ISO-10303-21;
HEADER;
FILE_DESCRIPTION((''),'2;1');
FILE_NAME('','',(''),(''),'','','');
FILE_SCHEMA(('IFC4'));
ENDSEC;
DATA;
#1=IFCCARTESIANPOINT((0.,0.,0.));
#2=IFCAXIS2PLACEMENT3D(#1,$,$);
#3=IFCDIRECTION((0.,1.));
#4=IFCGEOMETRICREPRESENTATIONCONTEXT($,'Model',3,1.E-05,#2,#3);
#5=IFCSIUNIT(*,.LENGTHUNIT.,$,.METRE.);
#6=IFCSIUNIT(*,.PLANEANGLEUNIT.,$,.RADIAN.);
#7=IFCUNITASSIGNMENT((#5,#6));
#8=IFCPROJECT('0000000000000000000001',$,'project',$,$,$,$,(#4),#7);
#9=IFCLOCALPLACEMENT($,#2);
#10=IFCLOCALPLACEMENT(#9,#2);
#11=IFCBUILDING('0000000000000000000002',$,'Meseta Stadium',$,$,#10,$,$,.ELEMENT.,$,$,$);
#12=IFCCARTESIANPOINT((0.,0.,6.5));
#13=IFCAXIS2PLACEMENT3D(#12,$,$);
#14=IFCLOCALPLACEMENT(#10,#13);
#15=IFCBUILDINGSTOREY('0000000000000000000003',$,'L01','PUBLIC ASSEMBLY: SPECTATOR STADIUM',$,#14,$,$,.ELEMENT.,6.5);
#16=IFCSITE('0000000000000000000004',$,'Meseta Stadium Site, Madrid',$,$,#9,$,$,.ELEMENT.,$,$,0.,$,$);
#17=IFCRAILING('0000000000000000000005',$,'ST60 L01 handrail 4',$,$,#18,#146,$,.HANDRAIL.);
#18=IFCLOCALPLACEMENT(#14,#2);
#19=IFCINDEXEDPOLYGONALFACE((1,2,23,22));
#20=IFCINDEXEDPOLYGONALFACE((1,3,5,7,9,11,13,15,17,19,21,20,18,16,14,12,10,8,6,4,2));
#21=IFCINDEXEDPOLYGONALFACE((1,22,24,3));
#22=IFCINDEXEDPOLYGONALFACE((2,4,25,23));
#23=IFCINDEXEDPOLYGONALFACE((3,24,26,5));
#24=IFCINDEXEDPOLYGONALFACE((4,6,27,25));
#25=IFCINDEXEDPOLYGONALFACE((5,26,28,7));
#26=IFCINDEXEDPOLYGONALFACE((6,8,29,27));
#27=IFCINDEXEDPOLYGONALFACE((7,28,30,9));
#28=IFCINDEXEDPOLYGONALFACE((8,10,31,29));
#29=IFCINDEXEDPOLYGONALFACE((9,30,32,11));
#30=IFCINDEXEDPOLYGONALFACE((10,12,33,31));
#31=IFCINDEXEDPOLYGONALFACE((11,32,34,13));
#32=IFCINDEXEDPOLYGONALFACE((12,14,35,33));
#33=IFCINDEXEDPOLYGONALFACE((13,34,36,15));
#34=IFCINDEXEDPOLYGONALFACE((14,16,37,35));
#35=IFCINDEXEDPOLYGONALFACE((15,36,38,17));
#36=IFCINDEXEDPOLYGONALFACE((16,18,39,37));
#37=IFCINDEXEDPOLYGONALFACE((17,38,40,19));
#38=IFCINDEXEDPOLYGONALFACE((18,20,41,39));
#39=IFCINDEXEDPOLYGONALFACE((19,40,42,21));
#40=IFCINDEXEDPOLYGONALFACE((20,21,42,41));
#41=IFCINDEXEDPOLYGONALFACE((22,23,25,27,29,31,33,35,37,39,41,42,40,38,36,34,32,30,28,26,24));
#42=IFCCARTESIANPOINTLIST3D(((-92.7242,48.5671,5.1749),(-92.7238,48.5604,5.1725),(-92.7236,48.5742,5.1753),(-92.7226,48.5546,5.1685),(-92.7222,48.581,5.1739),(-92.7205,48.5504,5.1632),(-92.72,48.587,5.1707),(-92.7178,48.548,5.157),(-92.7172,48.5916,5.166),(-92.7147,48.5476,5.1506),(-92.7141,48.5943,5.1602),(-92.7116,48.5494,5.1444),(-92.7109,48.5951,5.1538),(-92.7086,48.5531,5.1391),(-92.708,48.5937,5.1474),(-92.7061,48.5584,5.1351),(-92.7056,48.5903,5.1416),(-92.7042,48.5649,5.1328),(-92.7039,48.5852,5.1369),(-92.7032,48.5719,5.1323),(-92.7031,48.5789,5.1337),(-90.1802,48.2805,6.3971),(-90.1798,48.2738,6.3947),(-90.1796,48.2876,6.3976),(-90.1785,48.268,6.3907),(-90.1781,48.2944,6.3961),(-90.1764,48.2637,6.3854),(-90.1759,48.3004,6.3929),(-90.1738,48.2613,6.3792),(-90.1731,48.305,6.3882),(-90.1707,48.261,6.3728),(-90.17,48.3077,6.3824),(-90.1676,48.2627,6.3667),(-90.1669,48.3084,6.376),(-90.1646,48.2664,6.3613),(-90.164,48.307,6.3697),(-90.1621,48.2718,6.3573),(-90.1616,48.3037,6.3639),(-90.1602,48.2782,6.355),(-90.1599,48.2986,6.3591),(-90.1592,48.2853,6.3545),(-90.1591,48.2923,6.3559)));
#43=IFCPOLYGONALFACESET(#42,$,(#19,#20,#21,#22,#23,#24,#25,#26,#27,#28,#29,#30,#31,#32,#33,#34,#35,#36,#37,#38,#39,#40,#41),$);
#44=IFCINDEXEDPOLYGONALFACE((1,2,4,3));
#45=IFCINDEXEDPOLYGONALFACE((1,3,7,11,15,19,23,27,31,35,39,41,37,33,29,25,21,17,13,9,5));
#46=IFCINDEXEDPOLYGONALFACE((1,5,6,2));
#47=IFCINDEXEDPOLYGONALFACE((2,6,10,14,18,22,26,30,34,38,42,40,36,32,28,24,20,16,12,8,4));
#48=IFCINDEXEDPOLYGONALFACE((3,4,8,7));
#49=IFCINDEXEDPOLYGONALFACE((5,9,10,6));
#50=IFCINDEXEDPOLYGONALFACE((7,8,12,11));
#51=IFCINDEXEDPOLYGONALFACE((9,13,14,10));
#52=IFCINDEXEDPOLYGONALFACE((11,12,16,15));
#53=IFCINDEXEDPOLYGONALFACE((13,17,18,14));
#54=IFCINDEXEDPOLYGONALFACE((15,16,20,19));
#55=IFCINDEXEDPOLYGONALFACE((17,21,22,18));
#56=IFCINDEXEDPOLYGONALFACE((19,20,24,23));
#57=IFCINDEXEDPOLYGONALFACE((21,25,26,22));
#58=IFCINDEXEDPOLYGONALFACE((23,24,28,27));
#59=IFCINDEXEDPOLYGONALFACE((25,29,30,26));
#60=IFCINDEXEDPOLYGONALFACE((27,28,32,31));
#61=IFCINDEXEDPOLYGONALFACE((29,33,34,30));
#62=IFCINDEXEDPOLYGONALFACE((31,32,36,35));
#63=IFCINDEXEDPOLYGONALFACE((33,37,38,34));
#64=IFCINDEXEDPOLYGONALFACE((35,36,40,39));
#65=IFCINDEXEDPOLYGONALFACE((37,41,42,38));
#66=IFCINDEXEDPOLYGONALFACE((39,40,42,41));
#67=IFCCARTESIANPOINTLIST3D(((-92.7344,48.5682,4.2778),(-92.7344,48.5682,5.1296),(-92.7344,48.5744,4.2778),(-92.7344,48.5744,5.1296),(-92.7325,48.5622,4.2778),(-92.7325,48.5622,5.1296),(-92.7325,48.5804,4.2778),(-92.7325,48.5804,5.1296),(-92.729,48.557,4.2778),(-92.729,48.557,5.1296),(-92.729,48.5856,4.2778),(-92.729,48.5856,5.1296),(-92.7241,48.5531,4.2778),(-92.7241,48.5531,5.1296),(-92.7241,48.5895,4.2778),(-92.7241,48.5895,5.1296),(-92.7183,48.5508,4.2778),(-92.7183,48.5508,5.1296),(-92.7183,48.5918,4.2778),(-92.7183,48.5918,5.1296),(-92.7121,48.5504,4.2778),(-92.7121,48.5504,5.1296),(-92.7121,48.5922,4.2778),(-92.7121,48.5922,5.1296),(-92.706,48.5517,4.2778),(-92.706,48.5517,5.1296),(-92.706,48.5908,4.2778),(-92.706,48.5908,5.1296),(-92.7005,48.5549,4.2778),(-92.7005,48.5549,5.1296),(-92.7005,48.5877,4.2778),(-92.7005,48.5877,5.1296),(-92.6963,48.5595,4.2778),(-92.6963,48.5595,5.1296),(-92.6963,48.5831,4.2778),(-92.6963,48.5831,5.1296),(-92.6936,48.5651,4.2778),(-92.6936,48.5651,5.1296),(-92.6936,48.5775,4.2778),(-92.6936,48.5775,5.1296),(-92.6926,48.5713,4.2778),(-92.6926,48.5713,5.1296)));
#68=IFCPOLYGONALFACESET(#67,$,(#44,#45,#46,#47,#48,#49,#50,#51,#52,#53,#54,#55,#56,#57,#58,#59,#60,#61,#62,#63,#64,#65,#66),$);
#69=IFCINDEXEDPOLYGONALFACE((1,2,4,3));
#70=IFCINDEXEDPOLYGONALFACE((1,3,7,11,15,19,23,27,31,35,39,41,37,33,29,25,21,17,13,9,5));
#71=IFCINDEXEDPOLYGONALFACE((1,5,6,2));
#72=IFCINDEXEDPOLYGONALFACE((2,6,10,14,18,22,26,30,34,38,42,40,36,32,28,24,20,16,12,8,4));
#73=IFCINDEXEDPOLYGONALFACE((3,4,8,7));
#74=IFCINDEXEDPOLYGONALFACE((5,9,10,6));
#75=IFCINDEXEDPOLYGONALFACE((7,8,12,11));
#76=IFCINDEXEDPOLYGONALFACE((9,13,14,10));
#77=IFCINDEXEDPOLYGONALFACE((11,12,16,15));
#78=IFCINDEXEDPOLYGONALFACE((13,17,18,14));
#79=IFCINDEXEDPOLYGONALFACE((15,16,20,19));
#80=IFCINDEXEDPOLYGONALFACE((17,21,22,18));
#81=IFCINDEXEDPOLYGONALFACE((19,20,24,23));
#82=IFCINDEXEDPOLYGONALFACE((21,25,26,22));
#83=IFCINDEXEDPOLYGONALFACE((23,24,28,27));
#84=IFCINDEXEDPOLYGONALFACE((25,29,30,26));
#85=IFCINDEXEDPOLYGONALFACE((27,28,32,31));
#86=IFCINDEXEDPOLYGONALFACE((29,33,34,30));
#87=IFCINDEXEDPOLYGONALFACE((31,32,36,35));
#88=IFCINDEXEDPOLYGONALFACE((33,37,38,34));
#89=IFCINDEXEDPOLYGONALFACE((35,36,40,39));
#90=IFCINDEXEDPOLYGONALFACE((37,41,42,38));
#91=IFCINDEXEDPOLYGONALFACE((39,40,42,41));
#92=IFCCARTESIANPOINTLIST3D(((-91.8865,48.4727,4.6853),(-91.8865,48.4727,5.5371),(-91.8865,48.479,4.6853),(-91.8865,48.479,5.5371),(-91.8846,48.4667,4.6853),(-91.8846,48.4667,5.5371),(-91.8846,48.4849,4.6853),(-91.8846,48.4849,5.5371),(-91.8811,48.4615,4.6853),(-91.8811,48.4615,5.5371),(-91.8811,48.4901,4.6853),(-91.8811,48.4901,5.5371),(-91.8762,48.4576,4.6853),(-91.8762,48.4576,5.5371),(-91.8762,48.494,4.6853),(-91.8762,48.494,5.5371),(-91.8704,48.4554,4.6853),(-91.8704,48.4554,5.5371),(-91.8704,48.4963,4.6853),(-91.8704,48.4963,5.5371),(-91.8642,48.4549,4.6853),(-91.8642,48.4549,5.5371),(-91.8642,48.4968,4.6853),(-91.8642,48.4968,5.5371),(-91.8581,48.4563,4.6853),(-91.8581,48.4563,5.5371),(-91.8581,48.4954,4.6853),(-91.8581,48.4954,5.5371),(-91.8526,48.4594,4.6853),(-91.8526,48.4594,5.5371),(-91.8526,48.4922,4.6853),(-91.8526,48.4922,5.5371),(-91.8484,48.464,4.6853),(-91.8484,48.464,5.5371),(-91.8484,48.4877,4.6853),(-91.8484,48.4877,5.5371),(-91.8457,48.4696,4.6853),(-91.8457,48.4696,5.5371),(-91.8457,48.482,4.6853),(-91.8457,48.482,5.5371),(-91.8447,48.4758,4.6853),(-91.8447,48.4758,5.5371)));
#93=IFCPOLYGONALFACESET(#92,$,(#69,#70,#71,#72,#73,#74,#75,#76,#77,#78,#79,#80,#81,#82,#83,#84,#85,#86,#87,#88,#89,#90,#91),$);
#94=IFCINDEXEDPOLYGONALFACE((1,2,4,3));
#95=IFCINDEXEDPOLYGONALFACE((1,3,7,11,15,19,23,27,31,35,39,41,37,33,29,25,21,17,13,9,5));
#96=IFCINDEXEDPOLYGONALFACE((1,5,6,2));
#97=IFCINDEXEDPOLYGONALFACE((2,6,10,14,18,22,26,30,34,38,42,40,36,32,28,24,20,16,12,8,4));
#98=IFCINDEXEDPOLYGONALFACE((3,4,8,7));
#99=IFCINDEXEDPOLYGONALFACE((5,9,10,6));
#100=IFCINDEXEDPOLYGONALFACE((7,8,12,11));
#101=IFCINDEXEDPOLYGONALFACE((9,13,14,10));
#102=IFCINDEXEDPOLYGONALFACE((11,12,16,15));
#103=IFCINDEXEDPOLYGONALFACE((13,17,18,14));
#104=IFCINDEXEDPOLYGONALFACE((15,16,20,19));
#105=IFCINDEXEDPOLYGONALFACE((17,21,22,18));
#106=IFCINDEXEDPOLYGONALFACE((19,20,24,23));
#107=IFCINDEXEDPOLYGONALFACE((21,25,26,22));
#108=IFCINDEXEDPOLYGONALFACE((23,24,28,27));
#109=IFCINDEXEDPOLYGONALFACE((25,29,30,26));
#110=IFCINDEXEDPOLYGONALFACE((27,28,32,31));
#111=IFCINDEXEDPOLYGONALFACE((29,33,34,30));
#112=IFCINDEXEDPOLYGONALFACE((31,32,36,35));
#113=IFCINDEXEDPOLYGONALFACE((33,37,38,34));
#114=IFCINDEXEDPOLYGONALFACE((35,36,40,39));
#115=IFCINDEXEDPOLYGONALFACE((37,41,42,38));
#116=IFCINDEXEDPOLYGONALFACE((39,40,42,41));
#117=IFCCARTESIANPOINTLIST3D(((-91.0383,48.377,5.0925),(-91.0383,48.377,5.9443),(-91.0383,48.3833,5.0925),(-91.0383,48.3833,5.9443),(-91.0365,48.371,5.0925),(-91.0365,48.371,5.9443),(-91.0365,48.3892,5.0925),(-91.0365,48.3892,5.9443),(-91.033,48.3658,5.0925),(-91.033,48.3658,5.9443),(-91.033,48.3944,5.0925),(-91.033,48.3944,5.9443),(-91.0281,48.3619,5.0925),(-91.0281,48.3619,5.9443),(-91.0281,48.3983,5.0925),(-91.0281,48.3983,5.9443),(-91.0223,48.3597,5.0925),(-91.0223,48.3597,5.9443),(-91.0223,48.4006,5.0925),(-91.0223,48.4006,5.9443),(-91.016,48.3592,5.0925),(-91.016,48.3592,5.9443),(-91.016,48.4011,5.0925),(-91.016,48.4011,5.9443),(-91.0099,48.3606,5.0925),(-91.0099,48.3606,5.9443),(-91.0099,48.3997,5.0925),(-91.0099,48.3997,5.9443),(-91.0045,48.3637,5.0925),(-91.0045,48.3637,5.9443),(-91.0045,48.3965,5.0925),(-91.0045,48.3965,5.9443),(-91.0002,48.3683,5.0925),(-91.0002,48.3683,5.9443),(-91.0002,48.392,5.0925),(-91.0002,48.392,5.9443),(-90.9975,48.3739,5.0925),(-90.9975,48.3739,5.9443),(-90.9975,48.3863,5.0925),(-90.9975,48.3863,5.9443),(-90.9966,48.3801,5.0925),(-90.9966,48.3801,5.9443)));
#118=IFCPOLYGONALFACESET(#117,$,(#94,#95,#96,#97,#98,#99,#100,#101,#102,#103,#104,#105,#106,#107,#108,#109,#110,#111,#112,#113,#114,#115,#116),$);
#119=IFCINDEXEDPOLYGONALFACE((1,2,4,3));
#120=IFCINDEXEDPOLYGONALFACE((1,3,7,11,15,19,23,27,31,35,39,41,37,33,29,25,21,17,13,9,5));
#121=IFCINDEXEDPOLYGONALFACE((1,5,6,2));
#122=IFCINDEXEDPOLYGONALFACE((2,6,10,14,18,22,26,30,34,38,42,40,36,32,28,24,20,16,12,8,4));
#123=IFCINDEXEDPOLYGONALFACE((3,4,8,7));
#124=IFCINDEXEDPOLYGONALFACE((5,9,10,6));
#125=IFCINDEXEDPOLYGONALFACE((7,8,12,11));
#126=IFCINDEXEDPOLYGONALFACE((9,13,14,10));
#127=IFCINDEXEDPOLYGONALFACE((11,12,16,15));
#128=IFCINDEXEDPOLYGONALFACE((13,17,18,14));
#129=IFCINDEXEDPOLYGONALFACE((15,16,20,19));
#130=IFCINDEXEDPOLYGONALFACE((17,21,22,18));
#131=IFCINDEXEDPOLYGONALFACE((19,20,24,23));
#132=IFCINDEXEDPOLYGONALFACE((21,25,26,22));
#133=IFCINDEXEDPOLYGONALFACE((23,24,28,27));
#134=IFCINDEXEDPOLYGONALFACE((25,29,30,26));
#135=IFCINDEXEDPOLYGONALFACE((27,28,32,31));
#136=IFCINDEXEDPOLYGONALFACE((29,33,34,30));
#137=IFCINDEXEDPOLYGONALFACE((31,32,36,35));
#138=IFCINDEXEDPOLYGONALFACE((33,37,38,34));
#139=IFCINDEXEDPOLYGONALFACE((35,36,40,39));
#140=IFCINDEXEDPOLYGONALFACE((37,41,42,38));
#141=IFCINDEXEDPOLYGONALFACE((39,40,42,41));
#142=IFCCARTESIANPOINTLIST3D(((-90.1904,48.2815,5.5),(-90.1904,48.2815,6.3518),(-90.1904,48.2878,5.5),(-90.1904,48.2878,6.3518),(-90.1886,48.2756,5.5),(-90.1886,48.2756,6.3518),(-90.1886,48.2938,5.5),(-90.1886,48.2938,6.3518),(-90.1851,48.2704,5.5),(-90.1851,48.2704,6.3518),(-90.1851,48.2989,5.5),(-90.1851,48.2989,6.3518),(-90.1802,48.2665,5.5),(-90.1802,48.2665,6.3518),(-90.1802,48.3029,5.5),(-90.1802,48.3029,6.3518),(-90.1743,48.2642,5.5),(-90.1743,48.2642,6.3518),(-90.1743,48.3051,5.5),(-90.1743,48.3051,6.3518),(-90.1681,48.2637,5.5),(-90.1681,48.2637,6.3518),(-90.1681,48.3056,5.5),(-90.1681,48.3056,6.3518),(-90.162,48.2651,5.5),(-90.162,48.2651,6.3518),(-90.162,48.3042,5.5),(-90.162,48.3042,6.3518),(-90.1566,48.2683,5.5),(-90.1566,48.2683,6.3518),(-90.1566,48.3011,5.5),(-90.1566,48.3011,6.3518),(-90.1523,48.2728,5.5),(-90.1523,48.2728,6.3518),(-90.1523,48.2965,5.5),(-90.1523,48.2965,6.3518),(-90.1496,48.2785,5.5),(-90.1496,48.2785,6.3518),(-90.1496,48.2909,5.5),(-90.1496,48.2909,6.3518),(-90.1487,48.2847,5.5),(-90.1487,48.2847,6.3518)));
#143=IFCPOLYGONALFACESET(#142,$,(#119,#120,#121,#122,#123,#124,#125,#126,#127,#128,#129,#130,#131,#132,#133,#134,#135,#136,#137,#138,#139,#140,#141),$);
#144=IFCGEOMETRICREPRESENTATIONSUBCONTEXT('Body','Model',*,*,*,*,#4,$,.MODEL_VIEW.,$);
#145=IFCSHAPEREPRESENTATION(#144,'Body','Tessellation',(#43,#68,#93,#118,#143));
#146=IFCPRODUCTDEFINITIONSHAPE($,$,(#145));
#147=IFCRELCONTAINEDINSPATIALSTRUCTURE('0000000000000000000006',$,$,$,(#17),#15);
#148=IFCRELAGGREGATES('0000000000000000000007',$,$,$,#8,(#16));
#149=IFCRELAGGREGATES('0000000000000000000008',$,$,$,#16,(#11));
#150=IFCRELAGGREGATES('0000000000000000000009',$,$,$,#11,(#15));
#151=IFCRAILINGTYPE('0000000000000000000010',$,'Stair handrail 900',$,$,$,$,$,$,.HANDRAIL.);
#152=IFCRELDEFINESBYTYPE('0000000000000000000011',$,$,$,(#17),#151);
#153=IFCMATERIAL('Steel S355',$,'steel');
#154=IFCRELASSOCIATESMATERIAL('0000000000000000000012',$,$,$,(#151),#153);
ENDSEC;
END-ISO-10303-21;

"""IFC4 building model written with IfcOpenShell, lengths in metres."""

from ifc_helpers import new_model, si_unit, direction, frame, origin, origin_2d, place, context, subcontext, project, spatial, circle, extrude, material, type_object, element, save


model = new_model("IFC4")

# Units and contexts
model_context = context("Model", 3, precision=1e-05, world=origin(), true_north=direction((0.0, 1.0)))
body_context = subcontext(model_context, "Body", "Model", "MODEL_VIEW")
ifc_project = project(units=[si_unit("LENGTHUNIT", "METRE"), si_unit("PLANEANGLEUNIT", "RADIAN")], contexts=[model_context])

# Site, building, storey
site_placement = place(None, origin())
site = spatial("IfcSite", under=ifc_project, at=site_placement, Name="Meseta Stadium Site, Madrid", CompositionType="ELEMENT", RefElevation=0.0)
building_placement = place(site_placement, origin())
building = spatial("IfcBuilding", under=site, at=building_placement, Name="Meseta Stadium", CompositionType="ELEMENT")
storey_placement = place(building_placement, frame((0.0, 0.0, 6.5)))
storey = spatial("IfcBuildingStorey", under=building, at=storey_placement, Name="L01", Description="PUBLIC ASSEMBLY: SPECTATOR STADIUM", CompositionType="ELEMENT", Elevation=6.5)

# Railing
ifc_material_1 = material(Name="Steel S355", Category="steel")
railing_type = type_object("IfcRailingType", Name="Stair handrail 900", PredefinedType="HANDRAIL", material=ifc_material_1)
for number, where, name in (
    (1, (-92.7136, 48.5713, 4.2778), "ST60 L01 handrail 4"),
):
    element("IfcRailing", number, at=place(storey_placement, frame(where)), inside=storey, type_object=railing_type, Name=name, PredefinedType="HANDRAIL", context=body_context, shape_type="SweptSolid", body=[
        extrude(circle(Radius=0.0239, at=origin_2d()), frame((0.0, 0.0, 0.876), z_axis=(0.896762, -0.101036, 0.430824), x_axis=(0.11196, 0.993713, 0.0)), (0.0, 0.0, 1.0), 2.8369),
        extrude(circle(Radius=0.021, at=origin_2d()), origin(), (0.0, 0.0, 1.0), 0.8518),
        extrude(circle(Radius=0.021, at=origin_2d()), frame((0.8479, -0.0955, 0.4075)), (0.0, 0.0, 1.0), 0.8518),
        extrude(circle(Radius=0.021, at=origin_2d()), frame((1.696, -0.1912, 0.8147)), (0.0, 0.0, 1.0), 0.8518),
        extrude(circle(Radius=0.021, at=origin_2d()), frame((2.5439, -0.2866, 1.2222)), (0.0, 0.0, 1.0), 0.8518),
    ])

save(model, "model.ifc")
